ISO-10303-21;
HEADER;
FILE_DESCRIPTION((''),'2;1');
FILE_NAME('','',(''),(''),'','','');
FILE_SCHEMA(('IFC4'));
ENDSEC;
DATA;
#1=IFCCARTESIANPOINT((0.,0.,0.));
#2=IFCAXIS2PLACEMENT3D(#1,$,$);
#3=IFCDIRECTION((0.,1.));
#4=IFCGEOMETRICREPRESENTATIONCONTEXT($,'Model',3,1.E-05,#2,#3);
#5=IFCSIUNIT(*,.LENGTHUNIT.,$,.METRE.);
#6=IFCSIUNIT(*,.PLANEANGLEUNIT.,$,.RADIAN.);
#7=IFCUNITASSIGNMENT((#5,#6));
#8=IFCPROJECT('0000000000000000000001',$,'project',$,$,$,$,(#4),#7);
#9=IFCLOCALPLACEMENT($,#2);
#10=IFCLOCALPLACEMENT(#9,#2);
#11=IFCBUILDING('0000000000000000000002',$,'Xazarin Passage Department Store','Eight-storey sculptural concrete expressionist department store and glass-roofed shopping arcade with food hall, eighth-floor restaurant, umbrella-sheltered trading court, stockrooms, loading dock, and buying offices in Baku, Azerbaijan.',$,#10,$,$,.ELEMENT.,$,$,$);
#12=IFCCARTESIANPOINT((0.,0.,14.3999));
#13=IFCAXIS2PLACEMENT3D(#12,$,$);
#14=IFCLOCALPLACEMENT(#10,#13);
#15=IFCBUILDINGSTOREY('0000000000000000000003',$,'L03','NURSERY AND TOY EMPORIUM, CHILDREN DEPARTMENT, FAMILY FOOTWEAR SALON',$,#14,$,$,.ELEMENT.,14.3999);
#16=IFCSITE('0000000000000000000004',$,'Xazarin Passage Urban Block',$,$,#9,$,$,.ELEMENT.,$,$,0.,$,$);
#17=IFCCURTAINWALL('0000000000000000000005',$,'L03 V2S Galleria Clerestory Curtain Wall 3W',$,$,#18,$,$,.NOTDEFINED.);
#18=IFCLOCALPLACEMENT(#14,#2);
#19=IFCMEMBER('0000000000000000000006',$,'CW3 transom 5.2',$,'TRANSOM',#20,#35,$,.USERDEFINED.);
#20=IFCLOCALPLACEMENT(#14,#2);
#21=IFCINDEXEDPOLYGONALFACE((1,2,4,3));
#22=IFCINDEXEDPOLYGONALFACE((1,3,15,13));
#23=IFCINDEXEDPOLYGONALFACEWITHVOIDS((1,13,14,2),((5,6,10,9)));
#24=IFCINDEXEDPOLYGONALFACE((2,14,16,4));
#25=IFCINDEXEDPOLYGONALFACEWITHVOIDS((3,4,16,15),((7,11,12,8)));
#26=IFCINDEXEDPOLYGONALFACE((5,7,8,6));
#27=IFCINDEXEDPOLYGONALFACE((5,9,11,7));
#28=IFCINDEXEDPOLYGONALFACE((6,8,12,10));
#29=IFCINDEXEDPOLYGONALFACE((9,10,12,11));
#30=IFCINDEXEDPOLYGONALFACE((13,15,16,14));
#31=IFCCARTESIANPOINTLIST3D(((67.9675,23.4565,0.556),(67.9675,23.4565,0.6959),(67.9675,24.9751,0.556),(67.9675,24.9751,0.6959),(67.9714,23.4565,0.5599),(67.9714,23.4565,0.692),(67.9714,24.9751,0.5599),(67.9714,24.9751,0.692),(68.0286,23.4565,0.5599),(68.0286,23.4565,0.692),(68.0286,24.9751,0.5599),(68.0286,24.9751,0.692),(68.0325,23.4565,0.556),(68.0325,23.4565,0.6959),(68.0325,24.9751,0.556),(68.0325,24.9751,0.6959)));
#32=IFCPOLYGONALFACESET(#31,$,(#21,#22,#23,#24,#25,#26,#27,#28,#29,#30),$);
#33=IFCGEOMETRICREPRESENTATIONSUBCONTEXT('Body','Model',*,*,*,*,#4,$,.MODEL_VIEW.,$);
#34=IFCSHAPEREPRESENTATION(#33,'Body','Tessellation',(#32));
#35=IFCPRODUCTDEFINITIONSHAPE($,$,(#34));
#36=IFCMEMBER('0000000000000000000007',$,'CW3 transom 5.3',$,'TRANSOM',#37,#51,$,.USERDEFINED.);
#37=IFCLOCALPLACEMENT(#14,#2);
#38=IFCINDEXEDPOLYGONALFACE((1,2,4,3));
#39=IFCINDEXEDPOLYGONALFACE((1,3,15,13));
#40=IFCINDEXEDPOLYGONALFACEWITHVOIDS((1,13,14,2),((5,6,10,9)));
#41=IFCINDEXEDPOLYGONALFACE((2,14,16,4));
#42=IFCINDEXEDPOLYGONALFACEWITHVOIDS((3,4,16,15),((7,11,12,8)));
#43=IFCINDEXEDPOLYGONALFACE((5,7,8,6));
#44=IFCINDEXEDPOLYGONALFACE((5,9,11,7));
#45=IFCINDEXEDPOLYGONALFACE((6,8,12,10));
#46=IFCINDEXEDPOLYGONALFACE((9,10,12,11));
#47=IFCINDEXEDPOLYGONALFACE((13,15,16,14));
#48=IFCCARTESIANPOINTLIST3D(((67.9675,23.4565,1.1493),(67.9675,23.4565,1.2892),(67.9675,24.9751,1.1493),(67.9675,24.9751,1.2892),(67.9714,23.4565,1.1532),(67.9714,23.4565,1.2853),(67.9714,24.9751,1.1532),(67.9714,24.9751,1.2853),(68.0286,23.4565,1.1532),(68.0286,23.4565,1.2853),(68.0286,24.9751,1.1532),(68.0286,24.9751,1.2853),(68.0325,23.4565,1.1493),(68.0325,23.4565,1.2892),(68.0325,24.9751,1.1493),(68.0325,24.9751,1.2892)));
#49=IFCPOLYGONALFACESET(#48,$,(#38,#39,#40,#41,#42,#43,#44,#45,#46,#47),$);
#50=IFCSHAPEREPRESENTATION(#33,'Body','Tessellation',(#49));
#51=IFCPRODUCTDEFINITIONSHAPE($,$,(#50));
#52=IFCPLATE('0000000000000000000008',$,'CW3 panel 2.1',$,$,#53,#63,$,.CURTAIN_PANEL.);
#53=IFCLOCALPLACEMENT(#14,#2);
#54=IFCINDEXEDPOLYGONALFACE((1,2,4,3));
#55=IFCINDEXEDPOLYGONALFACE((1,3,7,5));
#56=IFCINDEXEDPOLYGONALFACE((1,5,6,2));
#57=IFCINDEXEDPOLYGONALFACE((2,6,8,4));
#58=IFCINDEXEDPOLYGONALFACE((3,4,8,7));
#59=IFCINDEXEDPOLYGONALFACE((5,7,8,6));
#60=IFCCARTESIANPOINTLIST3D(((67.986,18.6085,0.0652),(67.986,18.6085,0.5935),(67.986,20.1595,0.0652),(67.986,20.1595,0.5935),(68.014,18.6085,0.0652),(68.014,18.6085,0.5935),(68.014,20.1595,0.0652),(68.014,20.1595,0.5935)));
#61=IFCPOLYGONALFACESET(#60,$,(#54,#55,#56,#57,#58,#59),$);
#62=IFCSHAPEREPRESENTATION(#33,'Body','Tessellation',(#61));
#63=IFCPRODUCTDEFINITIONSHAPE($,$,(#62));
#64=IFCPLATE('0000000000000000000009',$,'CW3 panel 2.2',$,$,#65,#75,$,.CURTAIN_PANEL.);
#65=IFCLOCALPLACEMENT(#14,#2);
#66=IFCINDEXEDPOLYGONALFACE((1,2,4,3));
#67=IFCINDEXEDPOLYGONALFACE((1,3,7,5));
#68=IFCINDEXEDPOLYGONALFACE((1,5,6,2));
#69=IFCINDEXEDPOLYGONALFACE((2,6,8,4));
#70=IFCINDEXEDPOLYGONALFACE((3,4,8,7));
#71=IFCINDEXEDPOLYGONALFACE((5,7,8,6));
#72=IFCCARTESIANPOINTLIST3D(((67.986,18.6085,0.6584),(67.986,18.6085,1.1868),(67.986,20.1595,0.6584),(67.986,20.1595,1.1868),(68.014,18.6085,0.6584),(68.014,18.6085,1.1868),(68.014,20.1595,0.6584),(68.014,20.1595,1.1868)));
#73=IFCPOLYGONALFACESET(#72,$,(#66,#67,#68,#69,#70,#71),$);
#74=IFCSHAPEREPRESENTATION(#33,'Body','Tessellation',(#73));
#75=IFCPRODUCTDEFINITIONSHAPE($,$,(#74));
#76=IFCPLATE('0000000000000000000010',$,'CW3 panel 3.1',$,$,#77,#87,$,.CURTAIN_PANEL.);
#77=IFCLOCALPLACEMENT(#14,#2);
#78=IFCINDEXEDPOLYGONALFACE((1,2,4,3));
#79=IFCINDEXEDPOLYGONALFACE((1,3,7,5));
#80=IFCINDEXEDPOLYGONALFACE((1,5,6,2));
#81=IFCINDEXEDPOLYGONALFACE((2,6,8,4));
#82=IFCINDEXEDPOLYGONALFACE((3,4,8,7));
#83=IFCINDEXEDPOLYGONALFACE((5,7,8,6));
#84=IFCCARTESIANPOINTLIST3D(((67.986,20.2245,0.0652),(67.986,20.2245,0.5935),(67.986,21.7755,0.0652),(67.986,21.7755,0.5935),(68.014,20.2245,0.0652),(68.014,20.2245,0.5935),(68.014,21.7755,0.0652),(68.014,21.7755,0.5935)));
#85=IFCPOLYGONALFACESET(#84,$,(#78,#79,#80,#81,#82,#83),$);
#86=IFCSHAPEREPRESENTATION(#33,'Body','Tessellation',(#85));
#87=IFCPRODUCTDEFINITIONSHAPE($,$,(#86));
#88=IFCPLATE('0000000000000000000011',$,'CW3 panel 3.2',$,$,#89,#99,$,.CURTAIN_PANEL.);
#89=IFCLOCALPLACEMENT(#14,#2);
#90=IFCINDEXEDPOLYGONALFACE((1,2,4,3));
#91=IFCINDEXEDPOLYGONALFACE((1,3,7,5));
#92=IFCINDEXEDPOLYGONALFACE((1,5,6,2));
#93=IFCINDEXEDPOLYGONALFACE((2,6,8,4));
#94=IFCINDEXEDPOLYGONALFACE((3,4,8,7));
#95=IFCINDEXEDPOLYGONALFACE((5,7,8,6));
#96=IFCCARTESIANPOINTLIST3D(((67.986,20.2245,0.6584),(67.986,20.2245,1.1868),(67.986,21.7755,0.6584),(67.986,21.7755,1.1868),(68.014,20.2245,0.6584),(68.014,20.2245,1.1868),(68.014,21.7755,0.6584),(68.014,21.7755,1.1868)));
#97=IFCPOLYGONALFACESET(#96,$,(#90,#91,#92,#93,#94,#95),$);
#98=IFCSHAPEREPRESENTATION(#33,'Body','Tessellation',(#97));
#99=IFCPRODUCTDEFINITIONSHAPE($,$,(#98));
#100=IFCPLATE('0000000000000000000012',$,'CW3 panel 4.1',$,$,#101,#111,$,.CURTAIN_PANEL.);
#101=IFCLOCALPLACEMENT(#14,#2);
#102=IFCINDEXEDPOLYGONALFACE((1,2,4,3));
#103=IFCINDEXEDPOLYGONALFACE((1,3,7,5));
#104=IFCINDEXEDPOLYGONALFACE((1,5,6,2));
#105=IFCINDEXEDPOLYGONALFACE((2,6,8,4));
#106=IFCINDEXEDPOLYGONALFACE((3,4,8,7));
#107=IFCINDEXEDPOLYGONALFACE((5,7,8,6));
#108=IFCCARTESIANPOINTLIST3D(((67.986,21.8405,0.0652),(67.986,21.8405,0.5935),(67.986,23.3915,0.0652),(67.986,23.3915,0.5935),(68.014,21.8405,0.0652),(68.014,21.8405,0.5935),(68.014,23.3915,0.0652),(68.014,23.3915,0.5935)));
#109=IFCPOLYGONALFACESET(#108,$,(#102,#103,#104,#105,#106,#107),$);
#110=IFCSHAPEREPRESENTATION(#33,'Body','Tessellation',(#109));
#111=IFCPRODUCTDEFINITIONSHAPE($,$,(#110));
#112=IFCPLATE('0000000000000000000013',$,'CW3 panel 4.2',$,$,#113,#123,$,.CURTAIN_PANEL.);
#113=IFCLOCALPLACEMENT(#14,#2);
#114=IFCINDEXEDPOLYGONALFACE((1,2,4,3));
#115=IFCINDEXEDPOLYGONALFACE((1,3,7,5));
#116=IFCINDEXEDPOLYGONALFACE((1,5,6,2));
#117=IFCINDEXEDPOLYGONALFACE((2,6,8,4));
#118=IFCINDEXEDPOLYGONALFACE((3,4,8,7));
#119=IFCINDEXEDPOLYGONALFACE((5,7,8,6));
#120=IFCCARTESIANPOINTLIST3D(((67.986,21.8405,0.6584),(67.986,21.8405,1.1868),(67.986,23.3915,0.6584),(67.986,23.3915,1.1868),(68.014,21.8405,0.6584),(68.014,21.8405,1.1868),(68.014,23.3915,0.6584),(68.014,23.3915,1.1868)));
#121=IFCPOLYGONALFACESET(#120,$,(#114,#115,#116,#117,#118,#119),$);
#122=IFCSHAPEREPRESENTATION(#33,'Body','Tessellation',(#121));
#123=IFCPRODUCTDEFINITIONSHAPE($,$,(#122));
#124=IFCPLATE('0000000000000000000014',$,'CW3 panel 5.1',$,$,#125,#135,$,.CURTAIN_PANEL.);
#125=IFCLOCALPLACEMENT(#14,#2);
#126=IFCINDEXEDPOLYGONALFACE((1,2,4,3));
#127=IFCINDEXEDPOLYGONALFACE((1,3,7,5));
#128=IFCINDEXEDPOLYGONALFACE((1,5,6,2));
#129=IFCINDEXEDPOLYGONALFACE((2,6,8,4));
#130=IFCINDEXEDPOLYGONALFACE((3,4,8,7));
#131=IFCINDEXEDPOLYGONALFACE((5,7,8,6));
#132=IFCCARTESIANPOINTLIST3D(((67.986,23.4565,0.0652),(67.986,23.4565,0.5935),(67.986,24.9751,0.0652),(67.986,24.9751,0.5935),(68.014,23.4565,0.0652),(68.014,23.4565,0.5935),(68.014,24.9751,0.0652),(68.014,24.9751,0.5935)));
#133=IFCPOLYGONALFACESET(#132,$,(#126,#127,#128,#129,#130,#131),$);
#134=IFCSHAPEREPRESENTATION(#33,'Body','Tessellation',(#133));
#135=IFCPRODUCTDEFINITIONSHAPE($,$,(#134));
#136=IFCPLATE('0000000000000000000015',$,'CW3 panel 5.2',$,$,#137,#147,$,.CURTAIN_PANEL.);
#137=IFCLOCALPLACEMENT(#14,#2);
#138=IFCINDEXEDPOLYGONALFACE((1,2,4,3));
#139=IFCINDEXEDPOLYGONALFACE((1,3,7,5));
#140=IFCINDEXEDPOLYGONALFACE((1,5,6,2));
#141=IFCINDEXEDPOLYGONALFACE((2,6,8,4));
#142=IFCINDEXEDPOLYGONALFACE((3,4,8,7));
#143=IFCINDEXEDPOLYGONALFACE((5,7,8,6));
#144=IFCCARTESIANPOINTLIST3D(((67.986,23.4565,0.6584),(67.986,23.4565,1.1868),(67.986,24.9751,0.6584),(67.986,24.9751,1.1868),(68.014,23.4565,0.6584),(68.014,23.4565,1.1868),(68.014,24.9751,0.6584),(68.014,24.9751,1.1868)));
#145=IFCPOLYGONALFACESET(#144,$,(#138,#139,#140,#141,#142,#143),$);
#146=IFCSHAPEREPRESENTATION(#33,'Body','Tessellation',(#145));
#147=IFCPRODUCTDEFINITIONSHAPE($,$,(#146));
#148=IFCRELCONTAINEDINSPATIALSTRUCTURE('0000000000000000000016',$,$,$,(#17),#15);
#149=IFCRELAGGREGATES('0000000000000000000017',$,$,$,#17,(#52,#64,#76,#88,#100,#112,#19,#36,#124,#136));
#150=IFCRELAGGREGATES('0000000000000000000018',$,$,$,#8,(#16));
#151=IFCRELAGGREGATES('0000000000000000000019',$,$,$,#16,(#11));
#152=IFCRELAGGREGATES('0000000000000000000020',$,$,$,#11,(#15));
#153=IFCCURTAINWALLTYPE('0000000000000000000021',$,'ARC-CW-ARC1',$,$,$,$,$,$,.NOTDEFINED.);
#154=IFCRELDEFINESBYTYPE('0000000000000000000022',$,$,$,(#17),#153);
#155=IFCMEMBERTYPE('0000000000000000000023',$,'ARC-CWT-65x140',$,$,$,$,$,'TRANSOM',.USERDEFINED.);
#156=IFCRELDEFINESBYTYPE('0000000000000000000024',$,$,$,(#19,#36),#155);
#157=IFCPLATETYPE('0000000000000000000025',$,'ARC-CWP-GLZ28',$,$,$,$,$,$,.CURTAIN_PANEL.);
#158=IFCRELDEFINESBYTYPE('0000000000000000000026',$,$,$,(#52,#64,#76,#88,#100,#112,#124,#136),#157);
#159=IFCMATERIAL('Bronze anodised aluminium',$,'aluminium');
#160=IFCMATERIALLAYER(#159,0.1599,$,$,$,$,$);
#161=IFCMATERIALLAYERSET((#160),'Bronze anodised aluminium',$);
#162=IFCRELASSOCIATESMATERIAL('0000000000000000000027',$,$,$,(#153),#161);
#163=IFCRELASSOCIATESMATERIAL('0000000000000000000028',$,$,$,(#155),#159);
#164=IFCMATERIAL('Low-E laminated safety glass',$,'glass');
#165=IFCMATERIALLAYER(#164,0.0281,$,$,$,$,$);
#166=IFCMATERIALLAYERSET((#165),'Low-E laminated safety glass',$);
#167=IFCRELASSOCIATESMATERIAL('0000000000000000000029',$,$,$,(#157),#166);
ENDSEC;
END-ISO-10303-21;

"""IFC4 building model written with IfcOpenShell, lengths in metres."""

from ifc_helpers import new_model, si_unit, direction, frame, origin, origin_2d, place, context, subcontext, project, spatial, rectangle, hollow_rectangle, extrude, material, layer, layer_set, material_profile, profile_set, type_object, element, aggregate, save


model = new_model("IFC4")

# Units and contexts
model_context = context("Model", 3, precision=1e-05, world=origin(), true_north=direction((0.0, 1.0)))
body_context = subcontext(model_context, "Body", "Model", "MODEL_VIEW")
ifc_project = project(units=[si_unit("LENGTHUNIT", "METRE"), si_unit("PLANEANGLEUNIT", "RADIAN")], contexts=[model_context])

# Site, building, storey
site_placement = place(None, origin())
site = spatial("IfcSite", under=ifc_project, at=site_placement, Name="Xazarin Passage Urban Block", CompositionType="ELEMENT", RefElevation=0.0)
building_placement = place(site_placement, origin())
building = spatial("IfcBuilding", under=site, at=building_placement, Name="Xazarin Passage Department Store", Description="Eight-storey sculptural concrete expressionist department store and glass-roofed shopping arcade with food hall, eighth-floor restaurant, umbrella-sheltered trading court, stockrooms, loading dock, and buying offices in Baku, Azerbaijan.", CompositionType="ELEMENT")
storey_placement = place(building_placement, frame((0.0, 0.0, 14.3999)))
storey = spatial("IfcBuildingStorey", under=building, at=storey_placement, Name="L03", Description="NURSERY AND TOY EMPORIUM, CHILDREN DEPARTMENT, FAMILY FOOTWEAR SALON", CompositionType="ELEMENT", Elevation=14.3999)

# Curtain wall, members, plates
ifc_material_1 = material(Name="Bronze anodised aluminium", Category="aluminium")
ifc_layer_1 = layer(ifc_material_1, 0.1599)
ifc_layer_set_1 = layer_set([ifc_layer_1], Name="Bronze anodised aluminium")
curtain_wall_type = type_object("IfcCurtainWallType", Name="ARC-CW-ARC1", PredefinedType="NOTDEFINED", material=ifc_layer_set_1)
curtain_wall_placement = place(storey_placement, origin())
curtain_wall = element("IfcCurtainWall", 1, at=curtain_wall_placement, inside=storey, type_object=curtain_wall_type, Name="L03 V2S Galleria Clerestory Curtain Wall 3W", PredefinedType="NOTDEFINED")
ifc_material_profile_1 = material_profile(ifc_material_1, hollow_rectangle(XDim=0.0649, YDim=0.1399, WallThickness=0.0039, at=origin_2d()), Name="ALU 65x140")
ifc_profile_set_1 = profile_set([ifc_material_profile_1], Name="Bronze anodised aluminium")
member_type_1 = type_object("IfcMemberType", Name="ARC-CWT-65x140", ElementType="TRANSOM", PredefinedType="USERDEFINED", material=ifc_profile_set_1)
member_1_placement = place(storey_placement, frame((68.0, 23.4565, 0.626), z_axis=(0.0, 1.0, 0.0), x_axis=(-1.0, 0.0, 0.0)))
member_1 = element("IfcMember", 2, at=member_1_placement, type_object=member_type_1, Name="CW3 transom 5.2", ObjectType="TRANSOM", PredefinedType="USERDEFINED", context=body_context, shape_type="SweptSolid", body=[
    extrude(hollow_rectangle(XDim=0.0649, YDim=0.1399, WallThickness=0.0039, at=origin_2d()), origin(), (0.0, 0.0, 1.0), 1.5186),
])
member_2_placement = place(storey_placement, frame((68.0, 23.4565, 1.2192), z_axis=(0.0, 1.0, 0.0), x_axis=(-1.0, 0.0, 0.0)))
member_2 = element("IfcMember", 3, at=member_2_placement, type_object=member_type_1, Name="CW3 transom 5.3", ObjectType="TRANSOM", PredefinedType="USERDEFINED", context=body_context, shape_type="SweptSolid", body=[
    extrude(hollow_rectangle(XDim=0.0649, YDim=0.1399, WallThickness=0.0039, at=origin_2d()), origin(), (0.0, 0.0, 1.0), 1.5186),
])
ifc_material_2 = material(Name="Low-E laminated safety glass", Category="glass")
ifc_layer_2 = layer(ifc_material_2, 0.0281)
ifc_layer_set_2 = layer_set([ifc_layer_2], Name="Low-E laminated safety glass")
plate_type = type_object("IfcPlateType", Name="ARC-CWP-GLZ28", PredefinedType="CURTAIN_PANEL", material=ifc_layer_set_2)
plate_1_placement = place(storey_placement, frame((68.0, 19.384, 0.0652), z_axis=(0.0, 0.0, 1.0), x_axis=(0.0, 1.0, 0.0)))
plate_1 = element("IfcPlate", 4, at=plate_1_placement, type_object=plate_type, Name="CW3 panel 2.1", PredefinedType="CURTAIN_PANEL", context=body_context, shape_type="SweptSolid", body=[
    extrude(rectangle(XDim=1.551, YDim=0.0281, at=origin_2d()), origin(), (0.0, 0.0, 1.0), 0.5283),
])
plate_2_placement = place(storey_placement, frame((68.0, 19.384, 0.6584), z_axis=(0.0, 0.0, 1.0), x_axis=(0.0, 1.0, 0.0)))
plate_2 = element("IfcPlate", 5, at=plate_2_placement, type_object=plate_type, Name="CW3 panel 2.2", PredefinedType="CURTAIN_PANEL", context=body_context, shape_type="SweptSolid", body=[
    extrude(rectangle(XDim=1.551, YDim=0.0281, at=origin_2d()), origin(), (0.0, 0.0, 1.0), 0.5283),
])
plate_3_placement = place(storey_placement, frame((68.0, 21.0, 0.0652), z_axis=(0.0, 0.0, 1.0), x_axis=(0.0, 1.0, 0.0)))
plate_3 = element("IfcPlate", 6, at=plate_3_placement, type_object=plate_type, Name="CW3 panel 3.1", PredefinedType="CURTAIN_PANEL", context=body_context, shape_type="SweptSolid", body=[
    extrude(rectangle(XDim=1.551, YDim=0.0281, at=origin_2d()), origin(), (0.0, 0.0, 1.0), 0.5283),
])
plate_4_placement = place(storey_placement, frame((68.0, 21.0, 0.6584), z_axis=(0.0, 0.0, 1.0), x_axis=(0.0, 1.0, 0.0)))
plate_4 = element("IfcPlate", 7, at=plate_4_placement, type_object=plate_type, Name="CW3 panel 3.2", PredefinedType="CURTAIN_PANEL", context=body_context, shape_type="SweptSolid", body=[
    extrude(rectangle(XDim=1.551, YDim=0.0281, at=origin_2d()), origin(), (0.0, 0.0, 1.0), 0.5283),
])
plate_5_placement = place(storey_placement, frame((68.0, 22.616, 0.0652), z_axis=(0.0, 0.0, 1.0), x_axis=(0.0, 1.0, 0.0)))
plate_5 = element("IfcPlate", 8, at=plate_5_placement, type_object=plate_type, Name="CW3 panel 4.1", PredefinedType="CURTAIN_PANEL", context=body_context, shape_type="SweptSolid", body=[
    extrude(rectangle(XDim=1.551, YDim=0.0281, at=origin_2d()), origin(), (0.0, 0.0, 1.0), 0.5283),
])
plate_6_placement = place(storey_placement, frame((68.0, 22.616, 0.6584), z_axis=(0.0, 0.0, 1.0), x_axis=(0.0, 1.0, 0.0)))
plate_6 = element("IfcPlate", 9, at=plate_6_placement, type_object=plate_type, Name="CW3 panel 4.2", PredefinedType="CURTAIN_PANEL", context=body_context, shape_type="SweptSolid", body=[
    extrude(rectangle(XDim=1.551, YDim=0.0281, at=origin_2d()), origin(), (0.0, 0.0, 1.0), 0.5283),
])
plate_7_placement = place(storey_placement, frame((68.0, 24.2158, 0.0652), z_axis=(0.0, 0.0, 1.0), x_axis=(0.0, 1.0, 0.0)))
plate_7 = element("IfcPlate", 10, at=plate_7_placement, type_object=plate_type, Name="CW3 panel 5.1", PredefinedType="CURTAIN_PANEL", context=body_context, shape_type="SweptSolid", body=[
    extrude(rectangle(XDim=1.5186, YDim=0.0281, at=origin_2d()), origin(), (0.0, 0.0, 1.0), 0.5283),
])
plate_8_placement = place(storey_placement, frame((68.0, 24.2158, 0.6584), z_axis=(0.0, 0.0, 1.0), x_axis=(0.0, 1.0, 0.0)))
plate_8 = element("IfcPlate", 11, at=plate_8_placement, type_object=plate_type, Name="CW3 panel 5.2", PredefinedType="CURTAIN_PANEL", context=body_context, shape_type="SweptSolid", body=[
    extrude(rectangle(XDim=1.5186, YDim=0.0281, at=origin_2d()), origin(), (0.0, 0.0, 1.0), 0.5283),
])
aggregate(curtain_wall, [plate_1, plate_2, plate_3, plate_4, plate_5, plate_6, member_1, member_2, plate_7, plate_8])

save(model, "model.ifc")
